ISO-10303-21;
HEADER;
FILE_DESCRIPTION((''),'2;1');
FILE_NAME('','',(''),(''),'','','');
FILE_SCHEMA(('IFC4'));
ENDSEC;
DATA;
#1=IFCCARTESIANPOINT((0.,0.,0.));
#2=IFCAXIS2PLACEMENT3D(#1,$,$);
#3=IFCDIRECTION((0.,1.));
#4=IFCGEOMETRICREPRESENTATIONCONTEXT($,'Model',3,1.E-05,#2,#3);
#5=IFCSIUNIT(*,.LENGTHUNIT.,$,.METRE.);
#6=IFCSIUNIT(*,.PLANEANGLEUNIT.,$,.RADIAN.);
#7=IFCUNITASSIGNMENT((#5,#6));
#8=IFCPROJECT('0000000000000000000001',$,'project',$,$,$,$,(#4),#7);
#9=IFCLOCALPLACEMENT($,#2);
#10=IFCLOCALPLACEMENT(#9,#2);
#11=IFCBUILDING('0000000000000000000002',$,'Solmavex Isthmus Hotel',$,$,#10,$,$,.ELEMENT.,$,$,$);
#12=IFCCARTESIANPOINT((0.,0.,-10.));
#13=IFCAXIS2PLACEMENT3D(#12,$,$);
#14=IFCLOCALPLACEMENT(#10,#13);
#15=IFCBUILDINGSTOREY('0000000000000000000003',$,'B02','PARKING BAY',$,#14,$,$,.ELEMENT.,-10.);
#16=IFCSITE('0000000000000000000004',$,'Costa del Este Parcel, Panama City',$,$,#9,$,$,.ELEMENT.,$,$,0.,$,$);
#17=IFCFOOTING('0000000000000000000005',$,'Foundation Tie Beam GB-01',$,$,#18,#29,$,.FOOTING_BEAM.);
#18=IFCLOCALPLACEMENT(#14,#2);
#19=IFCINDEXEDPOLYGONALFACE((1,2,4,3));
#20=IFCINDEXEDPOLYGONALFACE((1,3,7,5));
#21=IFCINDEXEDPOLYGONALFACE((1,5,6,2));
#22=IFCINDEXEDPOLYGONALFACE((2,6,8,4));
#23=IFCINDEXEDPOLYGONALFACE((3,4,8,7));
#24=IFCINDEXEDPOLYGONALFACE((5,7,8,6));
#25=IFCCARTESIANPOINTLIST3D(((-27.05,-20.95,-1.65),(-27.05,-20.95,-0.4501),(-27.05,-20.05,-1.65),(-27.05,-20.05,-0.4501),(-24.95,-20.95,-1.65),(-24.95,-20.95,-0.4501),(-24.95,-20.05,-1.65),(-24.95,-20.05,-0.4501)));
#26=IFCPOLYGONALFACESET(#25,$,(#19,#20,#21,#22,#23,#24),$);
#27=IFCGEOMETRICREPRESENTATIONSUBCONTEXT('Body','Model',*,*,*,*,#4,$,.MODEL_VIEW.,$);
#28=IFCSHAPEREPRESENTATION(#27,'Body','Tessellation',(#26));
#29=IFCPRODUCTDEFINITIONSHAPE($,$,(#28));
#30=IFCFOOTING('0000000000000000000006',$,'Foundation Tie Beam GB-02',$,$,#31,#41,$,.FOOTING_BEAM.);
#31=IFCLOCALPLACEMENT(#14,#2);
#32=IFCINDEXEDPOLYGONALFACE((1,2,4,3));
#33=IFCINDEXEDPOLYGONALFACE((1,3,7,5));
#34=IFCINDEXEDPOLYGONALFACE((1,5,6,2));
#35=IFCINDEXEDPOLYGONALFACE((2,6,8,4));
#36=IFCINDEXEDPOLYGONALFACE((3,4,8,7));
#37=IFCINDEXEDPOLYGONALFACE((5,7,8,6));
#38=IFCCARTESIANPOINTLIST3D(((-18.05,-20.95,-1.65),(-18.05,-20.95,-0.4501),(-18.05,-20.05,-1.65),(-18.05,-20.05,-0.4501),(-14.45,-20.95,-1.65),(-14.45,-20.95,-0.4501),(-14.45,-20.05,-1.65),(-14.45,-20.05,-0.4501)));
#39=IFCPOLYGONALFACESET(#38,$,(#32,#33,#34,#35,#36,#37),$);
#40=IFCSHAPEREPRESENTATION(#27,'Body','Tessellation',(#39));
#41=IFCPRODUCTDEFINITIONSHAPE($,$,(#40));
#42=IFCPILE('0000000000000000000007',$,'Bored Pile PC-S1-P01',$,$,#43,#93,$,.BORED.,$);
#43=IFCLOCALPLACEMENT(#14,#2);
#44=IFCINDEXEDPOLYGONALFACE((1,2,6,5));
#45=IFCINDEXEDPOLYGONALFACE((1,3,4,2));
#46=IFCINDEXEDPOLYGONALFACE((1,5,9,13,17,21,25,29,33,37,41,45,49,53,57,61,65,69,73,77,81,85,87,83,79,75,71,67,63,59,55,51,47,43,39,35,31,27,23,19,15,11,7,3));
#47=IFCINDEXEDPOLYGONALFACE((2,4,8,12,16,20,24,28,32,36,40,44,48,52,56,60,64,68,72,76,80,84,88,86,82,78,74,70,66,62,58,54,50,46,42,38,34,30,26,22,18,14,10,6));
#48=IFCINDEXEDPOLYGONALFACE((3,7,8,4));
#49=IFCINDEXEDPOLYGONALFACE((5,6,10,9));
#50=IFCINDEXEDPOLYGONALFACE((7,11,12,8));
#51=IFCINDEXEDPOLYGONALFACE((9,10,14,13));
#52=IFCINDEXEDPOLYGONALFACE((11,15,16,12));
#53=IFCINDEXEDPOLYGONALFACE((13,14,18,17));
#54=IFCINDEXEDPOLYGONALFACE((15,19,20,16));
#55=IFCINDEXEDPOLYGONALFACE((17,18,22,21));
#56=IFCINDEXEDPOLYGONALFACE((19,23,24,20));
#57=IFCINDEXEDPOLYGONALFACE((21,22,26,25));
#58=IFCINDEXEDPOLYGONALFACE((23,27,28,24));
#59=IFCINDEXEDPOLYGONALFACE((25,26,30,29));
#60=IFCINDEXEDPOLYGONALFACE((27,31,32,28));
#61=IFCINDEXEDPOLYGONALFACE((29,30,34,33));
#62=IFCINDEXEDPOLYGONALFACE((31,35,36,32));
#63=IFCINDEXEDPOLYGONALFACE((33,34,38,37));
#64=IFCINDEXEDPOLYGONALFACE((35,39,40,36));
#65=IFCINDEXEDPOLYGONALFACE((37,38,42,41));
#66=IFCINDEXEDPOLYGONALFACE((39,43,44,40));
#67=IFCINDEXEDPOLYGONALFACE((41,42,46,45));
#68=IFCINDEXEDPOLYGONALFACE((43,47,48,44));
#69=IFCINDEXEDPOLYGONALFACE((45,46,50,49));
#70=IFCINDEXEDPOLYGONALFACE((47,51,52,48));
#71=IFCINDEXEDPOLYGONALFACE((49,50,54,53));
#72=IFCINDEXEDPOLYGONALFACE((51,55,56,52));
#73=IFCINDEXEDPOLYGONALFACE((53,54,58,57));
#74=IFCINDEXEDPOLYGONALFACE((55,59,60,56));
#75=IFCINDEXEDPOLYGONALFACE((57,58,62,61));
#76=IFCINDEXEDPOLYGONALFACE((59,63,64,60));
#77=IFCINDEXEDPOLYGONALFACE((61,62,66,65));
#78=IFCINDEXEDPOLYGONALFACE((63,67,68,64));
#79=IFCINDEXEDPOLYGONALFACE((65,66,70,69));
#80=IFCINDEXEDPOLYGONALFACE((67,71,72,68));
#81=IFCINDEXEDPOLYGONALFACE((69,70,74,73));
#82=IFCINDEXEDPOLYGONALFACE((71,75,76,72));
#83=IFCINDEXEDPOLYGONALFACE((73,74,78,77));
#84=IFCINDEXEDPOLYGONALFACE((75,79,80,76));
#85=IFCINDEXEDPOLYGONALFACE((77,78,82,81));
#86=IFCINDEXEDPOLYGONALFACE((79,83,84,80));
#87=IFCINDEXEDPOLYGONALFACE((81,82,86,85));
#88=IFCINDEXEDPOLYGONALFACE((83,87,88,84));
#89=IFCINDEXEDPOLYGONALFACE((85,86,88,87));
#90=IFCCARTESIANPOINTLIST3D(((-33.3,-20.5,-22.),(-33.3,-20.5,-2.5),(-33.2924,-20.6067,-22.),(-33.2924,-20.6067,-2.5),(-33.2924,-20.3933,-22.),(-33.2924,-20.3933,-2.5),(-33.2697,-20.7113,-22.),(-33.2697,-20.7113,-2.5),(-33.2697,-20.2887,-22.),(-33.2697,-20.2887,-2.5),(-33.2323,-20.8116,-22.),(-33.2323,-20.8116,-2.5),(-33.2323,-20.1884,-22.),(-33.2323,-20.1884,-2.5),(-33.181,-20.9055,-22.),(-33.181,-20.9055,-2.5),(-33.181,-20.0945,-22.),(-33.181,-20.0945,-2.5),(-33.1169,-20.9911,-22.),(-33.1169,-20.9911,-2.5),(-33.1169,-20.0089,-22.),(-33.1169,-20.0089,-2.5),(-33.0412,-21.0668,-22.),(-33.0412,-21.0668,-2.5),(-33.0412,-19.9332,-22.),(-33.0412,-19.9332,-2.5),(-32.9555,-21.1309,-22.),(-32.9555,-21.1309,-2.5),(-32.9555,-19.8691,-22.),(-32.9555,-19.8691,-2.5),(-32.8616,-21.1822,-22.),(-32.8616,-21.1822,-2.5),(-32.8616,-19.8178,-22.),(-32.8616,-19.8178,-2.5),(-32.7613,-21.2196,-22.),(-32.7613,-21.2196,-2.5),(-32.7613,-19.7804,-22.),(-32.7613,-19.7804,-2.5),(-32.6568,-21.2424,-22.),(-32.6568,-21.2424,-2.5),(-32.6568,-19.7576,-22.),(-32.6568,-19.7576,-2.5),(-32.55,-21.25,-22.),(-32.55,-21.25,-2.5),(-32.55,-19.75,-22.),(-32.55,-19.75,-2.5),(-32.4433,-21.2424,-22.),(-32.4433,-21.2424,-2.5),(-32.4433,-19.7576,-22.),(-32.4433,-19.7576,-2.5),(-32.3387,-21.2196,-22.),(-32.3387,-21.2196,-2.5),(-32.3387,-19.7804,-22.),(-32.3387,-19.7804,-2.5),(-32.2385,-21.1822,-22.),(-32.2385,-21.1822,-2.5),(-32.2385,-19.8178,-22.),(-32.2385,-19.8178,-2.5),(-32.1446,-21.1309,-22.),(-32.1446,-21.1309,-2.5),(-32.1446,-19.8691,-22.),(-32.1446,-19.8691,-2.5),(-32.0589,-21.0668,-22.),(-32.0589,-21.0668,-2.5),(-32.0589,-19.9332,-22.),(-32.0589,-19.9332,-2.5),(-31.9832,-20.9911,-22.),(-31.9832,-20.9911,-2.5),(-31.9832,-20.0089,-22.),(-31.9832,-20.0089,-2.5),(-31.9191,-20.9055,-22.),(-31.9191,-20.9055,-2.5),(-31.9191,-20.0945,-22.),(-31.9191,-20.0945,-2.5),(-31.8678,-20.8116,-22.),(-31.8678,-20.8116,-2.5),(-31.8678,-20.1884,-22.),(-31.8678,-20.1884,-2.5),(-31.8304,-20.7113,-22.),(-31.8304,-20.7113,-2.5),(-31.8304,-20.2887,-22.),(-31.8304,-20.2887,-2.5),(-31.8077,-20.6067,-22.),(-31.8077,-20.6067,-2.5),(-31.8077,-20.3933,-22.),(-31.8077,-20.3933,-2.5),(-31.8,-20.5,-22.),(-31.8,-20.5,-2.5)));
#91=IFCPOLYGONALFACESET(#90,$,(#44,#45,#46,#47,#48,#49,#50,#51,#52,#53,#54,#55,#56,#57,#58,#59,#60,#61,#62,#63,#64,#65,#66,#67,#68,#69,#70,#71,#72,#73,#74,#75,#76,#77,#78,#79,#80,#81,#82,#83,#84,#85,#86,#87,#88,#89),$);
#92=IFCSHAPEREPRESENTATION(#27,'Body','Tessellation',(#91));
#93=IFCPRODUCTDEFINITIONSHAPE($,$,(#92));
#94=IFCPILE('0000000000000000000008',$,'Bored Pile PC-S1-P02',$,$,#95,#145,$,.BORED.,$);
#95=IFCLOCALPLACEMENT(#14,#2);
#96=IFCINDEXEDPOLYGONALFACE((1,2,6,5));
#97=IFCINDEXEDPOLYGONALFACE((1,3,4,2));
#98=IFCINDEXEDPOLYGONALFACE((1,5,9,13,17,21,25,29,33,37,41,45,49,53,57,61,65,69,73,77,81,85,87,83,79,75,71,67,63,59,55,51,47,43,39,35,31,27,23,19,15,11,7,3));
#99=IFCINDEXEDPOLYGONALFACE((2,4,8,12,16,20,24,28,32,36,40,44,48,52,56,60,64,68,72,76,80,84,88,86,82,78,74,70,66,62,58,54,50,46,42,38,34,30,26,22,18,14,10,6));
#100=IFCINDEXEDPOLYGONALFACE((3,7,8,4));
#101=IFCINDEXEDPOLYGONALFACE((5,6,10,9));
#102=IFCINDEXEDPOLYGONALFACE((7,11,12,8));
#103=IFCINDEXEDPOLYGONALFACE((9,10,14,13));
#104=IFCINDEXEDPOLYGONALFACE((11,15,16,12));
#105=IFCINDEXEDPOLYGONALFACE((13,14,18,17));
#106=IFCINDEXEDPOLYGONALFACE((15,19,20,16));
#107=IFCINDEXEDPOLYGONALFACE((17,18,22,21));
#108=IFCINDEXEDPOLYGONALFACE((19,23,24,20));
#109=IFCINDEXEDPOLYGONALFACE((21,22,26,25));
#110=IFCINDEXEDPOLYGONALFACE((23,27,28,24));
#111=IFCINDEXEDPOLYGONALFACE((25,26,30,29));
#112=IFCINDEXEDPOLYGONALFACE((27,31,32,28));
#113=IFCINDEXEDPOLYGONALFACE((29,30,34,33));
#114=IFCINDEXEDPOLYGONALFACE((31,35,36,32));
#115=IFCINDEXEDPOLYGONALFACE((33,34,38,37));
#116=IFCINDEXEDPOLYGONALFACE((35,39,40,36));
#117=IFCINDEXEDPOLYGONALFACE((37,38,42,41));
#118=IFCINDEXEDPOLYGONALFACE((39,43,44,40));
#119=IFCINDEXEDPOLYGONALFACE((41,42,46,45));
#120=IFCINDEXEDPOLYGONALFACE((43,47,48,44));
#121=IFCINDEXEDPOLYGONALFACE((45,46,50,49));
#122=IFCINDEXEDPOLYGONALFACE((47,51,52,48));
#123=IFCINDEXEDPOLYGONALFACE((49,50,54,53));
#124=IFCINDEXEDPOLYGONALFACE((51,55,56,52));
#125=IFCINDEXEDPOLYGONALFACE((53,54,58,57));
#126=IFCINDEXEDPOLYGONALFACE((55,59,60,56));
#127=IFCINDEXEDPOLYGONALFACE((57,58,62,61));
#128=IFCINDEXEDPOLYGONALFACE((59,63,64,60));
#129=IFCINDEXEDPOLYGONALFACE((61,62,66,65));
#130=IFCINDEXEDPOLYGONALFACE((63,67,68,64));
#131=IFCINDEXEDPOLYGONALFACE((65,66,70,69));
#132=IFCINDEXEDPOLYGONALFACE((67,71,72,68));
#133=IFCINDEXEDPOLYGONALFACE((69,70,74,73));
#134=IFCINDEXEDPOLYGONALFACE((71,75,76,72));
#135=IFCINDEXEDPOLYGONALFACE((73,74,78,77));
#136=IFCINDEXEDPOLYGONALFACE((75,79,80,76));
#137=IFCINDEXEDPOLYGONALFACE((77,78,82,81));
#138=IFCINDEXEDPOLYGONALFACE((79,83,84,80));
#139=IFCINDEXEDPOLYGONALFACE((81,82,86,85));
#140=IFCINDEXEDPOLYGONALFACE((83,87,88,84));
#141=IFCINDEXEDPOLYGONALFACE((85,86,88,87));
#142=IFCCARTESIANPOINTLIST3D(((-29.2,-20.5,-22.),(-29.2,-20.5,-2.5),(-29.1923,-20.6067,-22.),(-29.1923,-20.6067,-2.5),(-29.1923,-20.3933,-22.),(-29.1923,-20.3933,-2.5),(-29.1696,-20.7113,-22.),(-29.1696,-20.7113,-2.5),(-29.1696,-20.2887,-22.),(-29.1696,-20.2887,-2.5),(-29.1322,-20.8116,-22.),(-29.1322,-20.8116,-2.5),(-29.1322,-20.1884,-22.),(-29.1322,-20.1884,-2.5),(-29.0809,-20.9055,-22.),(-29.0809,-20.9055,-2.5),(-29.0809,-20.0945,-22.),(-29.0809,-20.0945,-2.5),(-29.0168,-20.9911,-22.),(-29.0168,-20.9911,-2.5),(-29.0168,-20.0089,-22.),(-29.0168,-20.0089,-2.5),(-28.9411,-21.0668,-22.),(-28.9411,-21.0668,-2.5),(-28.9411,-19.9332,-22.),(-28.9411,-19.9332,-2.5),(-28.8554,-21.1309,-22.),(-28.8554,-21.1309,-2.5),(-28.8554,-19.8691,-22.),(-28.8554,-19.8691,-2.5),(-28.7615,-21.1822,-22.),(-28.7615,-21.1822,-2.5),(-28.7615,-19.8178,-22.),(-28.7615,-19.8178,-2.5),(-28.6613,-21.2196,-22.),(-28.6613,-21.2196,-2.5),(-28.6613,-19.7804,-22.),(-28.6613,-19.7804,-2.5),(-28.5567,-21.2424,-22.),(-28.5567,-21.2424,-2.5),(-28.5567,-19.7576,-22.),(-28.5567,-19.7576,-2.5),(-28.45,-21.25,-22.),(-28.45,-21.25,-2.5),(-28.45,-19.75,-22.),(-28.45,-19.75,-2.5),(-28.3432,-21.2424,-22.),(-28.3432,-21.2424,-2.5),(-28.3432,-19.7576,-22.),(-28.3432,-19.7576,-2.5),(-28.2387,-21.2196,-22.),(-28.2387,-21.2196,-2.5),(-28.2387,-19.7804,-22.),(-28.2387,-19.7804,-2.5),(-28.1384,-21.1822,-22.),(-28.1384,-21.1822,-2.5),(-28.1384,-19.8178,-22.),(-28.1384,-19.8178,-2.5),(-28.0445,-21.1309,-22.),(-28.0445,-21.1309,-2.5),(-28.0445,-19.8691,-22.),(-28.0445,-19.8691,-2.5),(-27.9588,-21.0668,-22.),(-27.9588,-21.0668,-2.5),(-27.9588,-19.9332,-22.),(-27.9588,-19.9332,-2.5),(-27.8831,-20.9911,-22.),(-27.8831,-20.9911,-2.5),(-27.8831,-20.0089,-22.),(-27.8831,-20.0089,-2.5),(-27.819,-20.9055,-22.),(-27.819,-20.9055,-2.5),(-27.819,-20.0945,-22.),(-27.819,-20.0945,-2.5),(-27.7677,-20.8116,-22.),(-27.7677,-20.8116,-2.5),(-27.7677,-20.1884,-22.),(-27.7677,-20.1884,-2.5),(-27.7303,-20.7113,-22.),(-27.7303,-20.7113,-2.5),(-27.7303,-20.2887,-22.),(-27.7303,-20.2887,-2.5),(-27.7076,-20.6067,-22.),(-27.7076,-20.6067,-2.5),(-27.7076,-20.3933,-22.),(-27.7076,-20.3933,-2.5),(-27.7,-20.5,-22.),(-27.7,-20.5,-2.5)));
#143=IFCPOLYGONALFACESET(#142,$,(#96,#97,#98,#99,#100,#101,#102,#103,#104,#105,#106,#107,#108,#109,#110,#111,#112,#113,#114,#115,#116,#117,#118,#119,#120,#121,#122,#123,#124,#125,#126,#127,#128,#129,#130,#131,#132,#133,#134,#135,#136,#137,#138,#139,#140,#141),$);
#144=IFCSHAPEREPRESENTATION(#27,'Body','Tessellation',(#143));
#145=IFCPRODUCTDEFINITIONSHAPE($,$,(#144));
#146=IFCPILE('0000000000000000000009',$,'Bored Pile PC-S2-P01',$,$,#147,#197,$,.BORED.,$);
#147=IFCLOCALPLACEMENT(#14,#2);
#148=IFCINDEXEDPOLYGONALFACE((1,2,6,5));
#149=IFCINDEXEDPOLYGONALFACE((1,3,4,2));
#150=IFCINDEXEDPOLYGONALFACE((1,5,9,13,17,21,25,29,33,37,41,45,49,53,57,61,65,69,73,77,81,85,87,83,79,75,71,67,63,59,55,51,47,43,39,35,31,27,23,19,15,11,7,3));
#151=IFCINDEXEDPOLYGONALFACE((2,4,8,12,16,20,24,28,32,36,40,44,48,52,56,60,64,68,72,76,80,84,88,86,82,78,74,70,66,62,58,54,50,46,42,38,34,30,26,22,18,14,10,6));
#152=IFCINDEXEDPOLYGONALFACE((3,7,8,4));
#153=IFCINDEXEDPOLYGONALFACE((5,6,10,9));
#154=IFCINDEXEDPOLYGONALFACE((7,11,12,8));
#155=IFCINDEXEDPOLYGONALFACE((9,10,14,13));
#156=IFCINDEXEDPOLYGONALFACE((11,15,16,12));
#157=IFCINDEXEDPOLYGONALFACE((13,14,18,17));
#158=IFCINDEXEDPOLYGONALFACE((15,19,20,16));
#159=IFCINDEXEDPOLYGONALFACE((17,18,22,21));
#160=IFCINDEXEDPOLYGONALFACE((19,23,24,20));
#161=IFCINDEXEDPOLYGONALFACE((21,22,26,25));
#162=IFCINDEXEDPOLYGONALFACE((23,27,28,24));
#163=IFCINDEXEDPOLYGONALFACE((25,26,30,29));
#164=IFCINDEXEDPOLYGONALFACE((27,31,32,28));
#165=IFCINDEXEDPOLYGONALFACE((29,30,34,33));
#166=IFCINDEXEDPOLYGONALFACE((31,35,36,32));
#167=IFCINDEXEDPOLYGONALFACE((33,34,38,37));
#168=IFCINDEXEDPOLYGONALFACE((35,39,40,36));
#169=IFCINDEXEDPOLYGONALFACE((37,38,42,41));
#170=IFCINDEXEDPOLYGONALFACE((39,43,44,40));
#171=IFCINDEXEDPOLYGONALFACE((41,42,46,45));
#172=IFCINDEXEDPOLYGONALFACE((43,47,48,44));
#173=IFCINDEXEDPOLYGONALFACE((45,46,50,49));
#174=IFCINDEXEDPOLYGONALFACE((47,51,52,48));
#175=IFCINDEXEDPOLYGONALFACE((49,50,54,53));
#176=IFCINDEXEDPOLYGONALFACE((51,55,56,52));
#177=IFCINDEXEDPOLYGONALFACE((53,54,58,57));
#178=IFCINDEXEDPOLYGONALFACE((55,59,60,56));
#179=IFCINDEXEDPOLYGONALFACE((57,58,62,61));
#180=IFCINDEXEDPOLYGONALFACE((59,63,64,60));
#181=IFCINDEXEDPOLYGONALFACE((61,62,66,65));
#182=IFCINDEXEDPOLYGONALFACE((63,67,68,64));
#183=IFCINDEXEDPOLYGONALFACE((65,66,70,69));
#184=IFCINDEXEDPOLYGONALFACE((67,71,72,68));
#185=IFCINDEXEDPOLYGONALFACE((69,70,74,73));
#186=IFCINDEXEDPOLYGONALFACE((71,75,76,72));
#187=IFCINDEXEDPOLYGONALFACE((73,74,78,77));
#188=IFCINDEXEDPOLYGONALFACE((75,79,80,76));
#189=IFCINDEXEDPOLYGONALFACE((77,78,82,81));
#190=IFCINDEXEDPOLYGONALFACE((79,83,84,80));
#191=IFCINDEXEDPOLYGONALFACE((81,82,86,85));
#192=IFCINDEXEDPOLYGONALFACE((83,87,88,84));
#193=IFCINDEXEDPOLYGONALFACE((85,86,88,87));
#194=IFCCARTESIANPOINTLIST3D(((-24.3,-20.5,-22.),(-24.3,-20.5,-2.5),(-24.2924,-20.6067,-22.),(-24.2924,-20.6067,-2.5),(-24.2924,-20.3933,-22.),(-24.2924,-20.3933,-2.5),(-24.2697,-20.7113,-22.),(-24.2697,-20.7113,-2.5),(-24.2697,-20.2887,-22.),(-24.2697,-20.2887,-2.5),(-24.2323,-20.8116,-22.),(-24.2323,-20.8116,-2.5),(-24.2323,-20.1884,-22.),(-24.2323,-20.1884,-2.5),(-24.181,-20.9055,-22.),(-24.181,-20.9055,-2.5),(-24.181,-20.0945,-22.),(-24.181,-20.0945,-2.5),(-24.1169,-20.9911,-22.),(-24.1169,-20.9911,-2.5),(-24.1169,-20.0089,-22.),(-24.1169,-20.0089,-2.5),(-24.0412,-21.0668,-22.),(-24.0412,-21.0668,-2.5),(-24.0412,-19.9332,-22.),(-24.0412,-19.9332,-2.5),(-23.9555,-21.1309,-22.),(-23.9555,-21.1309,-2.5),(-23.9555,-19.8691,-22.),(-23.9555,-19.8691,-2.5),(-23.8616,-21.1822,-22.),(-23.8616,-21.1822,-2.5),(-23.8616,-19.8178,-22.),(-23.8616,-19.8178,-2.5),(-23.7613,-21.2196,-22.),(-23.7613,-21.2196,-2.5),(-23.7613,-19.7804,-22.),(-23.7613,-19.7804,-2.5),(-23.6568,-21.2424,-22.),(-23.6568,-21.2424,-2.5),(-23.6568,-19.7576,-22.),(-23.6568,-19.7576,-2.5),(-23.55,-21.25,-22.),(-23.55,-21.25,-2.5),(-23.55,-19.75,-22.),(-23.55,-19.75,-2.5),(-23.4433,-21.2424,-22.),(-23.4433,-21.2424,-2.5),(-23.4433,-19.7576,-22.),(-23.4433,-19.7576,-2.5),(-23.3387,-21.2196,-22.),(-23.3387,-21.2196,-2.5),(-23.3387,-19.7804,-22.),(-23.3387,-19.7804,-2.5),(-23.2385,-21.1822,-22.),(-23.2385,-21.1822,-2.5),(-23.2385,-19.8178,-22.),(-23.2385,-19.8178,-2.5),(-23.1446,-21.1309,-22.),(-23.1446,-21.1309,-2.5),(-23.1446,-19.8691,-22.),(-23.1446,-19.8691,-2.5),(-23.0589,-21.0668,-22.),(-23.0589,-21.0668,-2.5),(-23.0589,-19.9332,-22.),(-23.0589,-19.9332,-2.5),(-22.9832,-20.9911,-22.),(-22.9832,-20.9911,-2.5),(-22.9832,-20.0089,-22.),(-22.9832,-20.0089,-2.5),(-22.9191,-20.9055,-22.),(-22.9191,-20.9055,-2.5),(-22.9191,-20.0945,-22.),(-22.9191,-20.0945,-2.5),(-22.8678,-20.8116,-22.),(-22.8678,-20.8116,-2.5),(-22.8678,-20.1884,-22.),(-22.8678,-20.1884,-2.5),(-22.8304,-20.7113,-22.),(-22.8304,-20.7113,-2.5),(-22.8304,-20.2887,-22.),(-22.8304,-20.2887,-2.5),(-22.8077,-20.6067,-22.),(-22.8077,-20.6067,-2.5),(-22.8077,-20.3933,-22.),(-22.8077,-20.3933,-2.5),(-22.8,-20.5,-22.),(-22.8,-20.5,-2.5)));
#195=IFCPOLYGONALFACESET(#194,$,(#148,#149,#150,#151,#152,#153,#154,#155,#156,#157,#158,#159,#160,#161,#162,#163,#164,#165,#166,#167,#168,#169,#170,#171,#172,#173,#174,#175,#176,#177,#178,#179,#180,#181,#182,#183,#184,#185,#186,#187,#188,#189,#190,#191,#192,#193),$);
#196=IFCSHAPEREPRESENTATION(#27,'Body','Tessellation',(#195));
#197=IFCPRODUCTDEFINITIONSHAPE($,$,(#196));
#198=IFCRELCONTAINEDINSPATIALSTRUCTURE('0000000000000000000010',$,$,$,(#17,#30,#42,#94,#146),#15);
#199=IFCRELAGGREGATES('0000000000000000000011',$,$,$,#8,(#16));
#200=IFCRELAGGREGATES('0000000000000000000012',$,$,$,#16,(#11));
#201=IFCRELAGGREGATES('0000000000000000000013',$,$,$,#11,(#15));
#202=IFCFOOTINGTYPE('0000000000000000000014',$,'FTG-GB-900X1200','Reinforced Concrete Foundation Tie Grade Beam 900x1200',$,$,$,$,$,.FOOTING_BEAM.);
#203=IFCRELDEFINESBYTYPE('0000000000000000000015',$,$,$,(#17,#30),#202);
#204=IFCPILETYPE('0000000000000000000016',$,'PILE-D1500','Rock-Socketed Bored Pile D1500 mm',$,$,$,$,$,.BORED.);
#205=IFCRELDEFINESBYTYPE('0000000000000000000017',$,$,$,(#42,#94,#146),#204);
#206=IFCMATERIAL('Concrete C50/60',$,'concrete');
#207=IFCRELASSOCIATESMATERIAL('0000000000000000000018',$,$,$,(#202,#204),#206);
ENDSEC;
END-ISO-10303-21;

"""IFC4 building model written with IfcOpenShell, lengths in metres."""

from ifc_helpers import new_model, si_unit, direction, frame, origin, origin_2d, place, context, subcontext, project, spatial, rectangle, circle, extrude, material, material_profile, profile_set, type_object, element, save


model = new_model("IFC4")

# Units and contexts
model_context = context("Model", 3, precision=1e-05, world=origin(), true_north=direction((0.0, 1.0)))
body_context = subcontext(model_context, "Body", "Model", "MODEL_VIEW")
ifc_project = project(units=[si_unit("LENGTHUNIT", "METRE"), si_unit("PLANEANGLEUNIT", "RADIAN")], contexts=[model_context])

# Site, building, storey
site_placement = place(None, origin())
site = spatial("IfcSite", under=ifc_project, at=site_placement, Name="Costa del Este Parcel, Panama City", CompositionType="ELEMENT", RefElevation=0.0)
building_placement = place(site_placement, origin())
building = spatial("IfcBuilding", under=site, at=building_placement, Name="Solmavex Isthmus Hotel", CompositionType="ELEMENT")
storey_placement = place(building_placement, frame((0.0, 0.0, -10.0)))
storey = spatial("IfcBuildingStorey", under=building, at=storey_placement, Name="B02", Description="PARKING BAY", CompositionType="ELEMENT", Elevation=-10.0)

# Footings
ifc_material_1 = material(Name="Concrete C50/60", Category="concrete")
footing_type = type_object("IfcFootingType", Name="FTG-GB-900X1200", Description="Reinforced Concrete Foundation Tie Grade Beam 900x1200", PredefinedType="FOOTING_BEAM", material=ifc_material_1)
footing_1_placement = place(storey_placement, frame((-27.05, -20.5, -1.05), z_axis=(1.0, 0.0, 0.0), x_axis=(0.0, 1.0, 0.0)))
element("IfcFooting", 1, at=footing_1_placement, inside=storey, type_object=footing_type, Name="Foundation Tie Beam GB-01", PredefinedType="FOOTING_BEAM", context=body_context, shape_type="SweptSolid", body=[
    extrude(rectangle(XDim=0.8999, YDim=1.2, at=origin_2d()), origin(), (0.0, 0.0, 1.0), 2.1001),
])
footing_2_placement = place(storey_placement, frame((-18.05, -20.5, -1.05), z_axis=(1.0, 0.0, 0.0), x_axis=(0.0, 1.0, 0.0)))
element("IfcFooting", 2, at=footing_2_placement, inside=storey, type_object=footing_type, Name="Foundation Tie Beam GB-02", PredefinedType="FOOTING_BEAM", context=body_context, shape_type="SweptSolid", body=[
    extrude(rectangle(XDim=0.8999, YDim=1.2, at=origin_2d()), origin(), (0.0, 0.0, 1.0), 3.6001),
])

# Piles
ifc_material_profile_1 = material_profile(ifc_material_1, circle(Radius=0.75, at=origin_2d()), Name="PILE1500")
ifc_profile_set_1 = profile_set([ifc_material_profile_1], Name="Concrete C50/60")
pile_type = type_object("IfcPileType", Name="PILE-D1500", Description="Rock-Socketed Bored Pile D1500 mm", PredefinedType="BORED", material=ifc_profile_set_1)
for number, where, z_axis, x_axis, name in (
    (3, (-32.55, -20.5, -2.5), (0.0, 0.0, -1.0), (1.0, 0.0, 0.0), "Bored Pile PC-S1-P01"),
    (4, (-28.45, -20.5, -2.5), (0.0, 0.0, -1.0), (1.0, 0.0, 0.0), "Bored Pile PC-S1-P02"),
    (5, (-23.55, -20.5, -2.5), (0.0, 0.0, -1.0), (1.0, 0.0, 0.0), "Bored Pile PC-S2-P01"),
):
    element("IfcPile", number, at=place(storey_placement, frame(where, z_axis=z_axis, x_axis=x_axis)), inside=storey, type_object=pile_type, Name=name, PredefinedType="BORED", context=body_context, shape_type="SweptSolid", body=[
        extrude(circle(Radius=0.75, at=origin_2d()), origin(), (0.0, 0.0, 1.0), 19.5),
    ])

save(model, "model.ifc")
